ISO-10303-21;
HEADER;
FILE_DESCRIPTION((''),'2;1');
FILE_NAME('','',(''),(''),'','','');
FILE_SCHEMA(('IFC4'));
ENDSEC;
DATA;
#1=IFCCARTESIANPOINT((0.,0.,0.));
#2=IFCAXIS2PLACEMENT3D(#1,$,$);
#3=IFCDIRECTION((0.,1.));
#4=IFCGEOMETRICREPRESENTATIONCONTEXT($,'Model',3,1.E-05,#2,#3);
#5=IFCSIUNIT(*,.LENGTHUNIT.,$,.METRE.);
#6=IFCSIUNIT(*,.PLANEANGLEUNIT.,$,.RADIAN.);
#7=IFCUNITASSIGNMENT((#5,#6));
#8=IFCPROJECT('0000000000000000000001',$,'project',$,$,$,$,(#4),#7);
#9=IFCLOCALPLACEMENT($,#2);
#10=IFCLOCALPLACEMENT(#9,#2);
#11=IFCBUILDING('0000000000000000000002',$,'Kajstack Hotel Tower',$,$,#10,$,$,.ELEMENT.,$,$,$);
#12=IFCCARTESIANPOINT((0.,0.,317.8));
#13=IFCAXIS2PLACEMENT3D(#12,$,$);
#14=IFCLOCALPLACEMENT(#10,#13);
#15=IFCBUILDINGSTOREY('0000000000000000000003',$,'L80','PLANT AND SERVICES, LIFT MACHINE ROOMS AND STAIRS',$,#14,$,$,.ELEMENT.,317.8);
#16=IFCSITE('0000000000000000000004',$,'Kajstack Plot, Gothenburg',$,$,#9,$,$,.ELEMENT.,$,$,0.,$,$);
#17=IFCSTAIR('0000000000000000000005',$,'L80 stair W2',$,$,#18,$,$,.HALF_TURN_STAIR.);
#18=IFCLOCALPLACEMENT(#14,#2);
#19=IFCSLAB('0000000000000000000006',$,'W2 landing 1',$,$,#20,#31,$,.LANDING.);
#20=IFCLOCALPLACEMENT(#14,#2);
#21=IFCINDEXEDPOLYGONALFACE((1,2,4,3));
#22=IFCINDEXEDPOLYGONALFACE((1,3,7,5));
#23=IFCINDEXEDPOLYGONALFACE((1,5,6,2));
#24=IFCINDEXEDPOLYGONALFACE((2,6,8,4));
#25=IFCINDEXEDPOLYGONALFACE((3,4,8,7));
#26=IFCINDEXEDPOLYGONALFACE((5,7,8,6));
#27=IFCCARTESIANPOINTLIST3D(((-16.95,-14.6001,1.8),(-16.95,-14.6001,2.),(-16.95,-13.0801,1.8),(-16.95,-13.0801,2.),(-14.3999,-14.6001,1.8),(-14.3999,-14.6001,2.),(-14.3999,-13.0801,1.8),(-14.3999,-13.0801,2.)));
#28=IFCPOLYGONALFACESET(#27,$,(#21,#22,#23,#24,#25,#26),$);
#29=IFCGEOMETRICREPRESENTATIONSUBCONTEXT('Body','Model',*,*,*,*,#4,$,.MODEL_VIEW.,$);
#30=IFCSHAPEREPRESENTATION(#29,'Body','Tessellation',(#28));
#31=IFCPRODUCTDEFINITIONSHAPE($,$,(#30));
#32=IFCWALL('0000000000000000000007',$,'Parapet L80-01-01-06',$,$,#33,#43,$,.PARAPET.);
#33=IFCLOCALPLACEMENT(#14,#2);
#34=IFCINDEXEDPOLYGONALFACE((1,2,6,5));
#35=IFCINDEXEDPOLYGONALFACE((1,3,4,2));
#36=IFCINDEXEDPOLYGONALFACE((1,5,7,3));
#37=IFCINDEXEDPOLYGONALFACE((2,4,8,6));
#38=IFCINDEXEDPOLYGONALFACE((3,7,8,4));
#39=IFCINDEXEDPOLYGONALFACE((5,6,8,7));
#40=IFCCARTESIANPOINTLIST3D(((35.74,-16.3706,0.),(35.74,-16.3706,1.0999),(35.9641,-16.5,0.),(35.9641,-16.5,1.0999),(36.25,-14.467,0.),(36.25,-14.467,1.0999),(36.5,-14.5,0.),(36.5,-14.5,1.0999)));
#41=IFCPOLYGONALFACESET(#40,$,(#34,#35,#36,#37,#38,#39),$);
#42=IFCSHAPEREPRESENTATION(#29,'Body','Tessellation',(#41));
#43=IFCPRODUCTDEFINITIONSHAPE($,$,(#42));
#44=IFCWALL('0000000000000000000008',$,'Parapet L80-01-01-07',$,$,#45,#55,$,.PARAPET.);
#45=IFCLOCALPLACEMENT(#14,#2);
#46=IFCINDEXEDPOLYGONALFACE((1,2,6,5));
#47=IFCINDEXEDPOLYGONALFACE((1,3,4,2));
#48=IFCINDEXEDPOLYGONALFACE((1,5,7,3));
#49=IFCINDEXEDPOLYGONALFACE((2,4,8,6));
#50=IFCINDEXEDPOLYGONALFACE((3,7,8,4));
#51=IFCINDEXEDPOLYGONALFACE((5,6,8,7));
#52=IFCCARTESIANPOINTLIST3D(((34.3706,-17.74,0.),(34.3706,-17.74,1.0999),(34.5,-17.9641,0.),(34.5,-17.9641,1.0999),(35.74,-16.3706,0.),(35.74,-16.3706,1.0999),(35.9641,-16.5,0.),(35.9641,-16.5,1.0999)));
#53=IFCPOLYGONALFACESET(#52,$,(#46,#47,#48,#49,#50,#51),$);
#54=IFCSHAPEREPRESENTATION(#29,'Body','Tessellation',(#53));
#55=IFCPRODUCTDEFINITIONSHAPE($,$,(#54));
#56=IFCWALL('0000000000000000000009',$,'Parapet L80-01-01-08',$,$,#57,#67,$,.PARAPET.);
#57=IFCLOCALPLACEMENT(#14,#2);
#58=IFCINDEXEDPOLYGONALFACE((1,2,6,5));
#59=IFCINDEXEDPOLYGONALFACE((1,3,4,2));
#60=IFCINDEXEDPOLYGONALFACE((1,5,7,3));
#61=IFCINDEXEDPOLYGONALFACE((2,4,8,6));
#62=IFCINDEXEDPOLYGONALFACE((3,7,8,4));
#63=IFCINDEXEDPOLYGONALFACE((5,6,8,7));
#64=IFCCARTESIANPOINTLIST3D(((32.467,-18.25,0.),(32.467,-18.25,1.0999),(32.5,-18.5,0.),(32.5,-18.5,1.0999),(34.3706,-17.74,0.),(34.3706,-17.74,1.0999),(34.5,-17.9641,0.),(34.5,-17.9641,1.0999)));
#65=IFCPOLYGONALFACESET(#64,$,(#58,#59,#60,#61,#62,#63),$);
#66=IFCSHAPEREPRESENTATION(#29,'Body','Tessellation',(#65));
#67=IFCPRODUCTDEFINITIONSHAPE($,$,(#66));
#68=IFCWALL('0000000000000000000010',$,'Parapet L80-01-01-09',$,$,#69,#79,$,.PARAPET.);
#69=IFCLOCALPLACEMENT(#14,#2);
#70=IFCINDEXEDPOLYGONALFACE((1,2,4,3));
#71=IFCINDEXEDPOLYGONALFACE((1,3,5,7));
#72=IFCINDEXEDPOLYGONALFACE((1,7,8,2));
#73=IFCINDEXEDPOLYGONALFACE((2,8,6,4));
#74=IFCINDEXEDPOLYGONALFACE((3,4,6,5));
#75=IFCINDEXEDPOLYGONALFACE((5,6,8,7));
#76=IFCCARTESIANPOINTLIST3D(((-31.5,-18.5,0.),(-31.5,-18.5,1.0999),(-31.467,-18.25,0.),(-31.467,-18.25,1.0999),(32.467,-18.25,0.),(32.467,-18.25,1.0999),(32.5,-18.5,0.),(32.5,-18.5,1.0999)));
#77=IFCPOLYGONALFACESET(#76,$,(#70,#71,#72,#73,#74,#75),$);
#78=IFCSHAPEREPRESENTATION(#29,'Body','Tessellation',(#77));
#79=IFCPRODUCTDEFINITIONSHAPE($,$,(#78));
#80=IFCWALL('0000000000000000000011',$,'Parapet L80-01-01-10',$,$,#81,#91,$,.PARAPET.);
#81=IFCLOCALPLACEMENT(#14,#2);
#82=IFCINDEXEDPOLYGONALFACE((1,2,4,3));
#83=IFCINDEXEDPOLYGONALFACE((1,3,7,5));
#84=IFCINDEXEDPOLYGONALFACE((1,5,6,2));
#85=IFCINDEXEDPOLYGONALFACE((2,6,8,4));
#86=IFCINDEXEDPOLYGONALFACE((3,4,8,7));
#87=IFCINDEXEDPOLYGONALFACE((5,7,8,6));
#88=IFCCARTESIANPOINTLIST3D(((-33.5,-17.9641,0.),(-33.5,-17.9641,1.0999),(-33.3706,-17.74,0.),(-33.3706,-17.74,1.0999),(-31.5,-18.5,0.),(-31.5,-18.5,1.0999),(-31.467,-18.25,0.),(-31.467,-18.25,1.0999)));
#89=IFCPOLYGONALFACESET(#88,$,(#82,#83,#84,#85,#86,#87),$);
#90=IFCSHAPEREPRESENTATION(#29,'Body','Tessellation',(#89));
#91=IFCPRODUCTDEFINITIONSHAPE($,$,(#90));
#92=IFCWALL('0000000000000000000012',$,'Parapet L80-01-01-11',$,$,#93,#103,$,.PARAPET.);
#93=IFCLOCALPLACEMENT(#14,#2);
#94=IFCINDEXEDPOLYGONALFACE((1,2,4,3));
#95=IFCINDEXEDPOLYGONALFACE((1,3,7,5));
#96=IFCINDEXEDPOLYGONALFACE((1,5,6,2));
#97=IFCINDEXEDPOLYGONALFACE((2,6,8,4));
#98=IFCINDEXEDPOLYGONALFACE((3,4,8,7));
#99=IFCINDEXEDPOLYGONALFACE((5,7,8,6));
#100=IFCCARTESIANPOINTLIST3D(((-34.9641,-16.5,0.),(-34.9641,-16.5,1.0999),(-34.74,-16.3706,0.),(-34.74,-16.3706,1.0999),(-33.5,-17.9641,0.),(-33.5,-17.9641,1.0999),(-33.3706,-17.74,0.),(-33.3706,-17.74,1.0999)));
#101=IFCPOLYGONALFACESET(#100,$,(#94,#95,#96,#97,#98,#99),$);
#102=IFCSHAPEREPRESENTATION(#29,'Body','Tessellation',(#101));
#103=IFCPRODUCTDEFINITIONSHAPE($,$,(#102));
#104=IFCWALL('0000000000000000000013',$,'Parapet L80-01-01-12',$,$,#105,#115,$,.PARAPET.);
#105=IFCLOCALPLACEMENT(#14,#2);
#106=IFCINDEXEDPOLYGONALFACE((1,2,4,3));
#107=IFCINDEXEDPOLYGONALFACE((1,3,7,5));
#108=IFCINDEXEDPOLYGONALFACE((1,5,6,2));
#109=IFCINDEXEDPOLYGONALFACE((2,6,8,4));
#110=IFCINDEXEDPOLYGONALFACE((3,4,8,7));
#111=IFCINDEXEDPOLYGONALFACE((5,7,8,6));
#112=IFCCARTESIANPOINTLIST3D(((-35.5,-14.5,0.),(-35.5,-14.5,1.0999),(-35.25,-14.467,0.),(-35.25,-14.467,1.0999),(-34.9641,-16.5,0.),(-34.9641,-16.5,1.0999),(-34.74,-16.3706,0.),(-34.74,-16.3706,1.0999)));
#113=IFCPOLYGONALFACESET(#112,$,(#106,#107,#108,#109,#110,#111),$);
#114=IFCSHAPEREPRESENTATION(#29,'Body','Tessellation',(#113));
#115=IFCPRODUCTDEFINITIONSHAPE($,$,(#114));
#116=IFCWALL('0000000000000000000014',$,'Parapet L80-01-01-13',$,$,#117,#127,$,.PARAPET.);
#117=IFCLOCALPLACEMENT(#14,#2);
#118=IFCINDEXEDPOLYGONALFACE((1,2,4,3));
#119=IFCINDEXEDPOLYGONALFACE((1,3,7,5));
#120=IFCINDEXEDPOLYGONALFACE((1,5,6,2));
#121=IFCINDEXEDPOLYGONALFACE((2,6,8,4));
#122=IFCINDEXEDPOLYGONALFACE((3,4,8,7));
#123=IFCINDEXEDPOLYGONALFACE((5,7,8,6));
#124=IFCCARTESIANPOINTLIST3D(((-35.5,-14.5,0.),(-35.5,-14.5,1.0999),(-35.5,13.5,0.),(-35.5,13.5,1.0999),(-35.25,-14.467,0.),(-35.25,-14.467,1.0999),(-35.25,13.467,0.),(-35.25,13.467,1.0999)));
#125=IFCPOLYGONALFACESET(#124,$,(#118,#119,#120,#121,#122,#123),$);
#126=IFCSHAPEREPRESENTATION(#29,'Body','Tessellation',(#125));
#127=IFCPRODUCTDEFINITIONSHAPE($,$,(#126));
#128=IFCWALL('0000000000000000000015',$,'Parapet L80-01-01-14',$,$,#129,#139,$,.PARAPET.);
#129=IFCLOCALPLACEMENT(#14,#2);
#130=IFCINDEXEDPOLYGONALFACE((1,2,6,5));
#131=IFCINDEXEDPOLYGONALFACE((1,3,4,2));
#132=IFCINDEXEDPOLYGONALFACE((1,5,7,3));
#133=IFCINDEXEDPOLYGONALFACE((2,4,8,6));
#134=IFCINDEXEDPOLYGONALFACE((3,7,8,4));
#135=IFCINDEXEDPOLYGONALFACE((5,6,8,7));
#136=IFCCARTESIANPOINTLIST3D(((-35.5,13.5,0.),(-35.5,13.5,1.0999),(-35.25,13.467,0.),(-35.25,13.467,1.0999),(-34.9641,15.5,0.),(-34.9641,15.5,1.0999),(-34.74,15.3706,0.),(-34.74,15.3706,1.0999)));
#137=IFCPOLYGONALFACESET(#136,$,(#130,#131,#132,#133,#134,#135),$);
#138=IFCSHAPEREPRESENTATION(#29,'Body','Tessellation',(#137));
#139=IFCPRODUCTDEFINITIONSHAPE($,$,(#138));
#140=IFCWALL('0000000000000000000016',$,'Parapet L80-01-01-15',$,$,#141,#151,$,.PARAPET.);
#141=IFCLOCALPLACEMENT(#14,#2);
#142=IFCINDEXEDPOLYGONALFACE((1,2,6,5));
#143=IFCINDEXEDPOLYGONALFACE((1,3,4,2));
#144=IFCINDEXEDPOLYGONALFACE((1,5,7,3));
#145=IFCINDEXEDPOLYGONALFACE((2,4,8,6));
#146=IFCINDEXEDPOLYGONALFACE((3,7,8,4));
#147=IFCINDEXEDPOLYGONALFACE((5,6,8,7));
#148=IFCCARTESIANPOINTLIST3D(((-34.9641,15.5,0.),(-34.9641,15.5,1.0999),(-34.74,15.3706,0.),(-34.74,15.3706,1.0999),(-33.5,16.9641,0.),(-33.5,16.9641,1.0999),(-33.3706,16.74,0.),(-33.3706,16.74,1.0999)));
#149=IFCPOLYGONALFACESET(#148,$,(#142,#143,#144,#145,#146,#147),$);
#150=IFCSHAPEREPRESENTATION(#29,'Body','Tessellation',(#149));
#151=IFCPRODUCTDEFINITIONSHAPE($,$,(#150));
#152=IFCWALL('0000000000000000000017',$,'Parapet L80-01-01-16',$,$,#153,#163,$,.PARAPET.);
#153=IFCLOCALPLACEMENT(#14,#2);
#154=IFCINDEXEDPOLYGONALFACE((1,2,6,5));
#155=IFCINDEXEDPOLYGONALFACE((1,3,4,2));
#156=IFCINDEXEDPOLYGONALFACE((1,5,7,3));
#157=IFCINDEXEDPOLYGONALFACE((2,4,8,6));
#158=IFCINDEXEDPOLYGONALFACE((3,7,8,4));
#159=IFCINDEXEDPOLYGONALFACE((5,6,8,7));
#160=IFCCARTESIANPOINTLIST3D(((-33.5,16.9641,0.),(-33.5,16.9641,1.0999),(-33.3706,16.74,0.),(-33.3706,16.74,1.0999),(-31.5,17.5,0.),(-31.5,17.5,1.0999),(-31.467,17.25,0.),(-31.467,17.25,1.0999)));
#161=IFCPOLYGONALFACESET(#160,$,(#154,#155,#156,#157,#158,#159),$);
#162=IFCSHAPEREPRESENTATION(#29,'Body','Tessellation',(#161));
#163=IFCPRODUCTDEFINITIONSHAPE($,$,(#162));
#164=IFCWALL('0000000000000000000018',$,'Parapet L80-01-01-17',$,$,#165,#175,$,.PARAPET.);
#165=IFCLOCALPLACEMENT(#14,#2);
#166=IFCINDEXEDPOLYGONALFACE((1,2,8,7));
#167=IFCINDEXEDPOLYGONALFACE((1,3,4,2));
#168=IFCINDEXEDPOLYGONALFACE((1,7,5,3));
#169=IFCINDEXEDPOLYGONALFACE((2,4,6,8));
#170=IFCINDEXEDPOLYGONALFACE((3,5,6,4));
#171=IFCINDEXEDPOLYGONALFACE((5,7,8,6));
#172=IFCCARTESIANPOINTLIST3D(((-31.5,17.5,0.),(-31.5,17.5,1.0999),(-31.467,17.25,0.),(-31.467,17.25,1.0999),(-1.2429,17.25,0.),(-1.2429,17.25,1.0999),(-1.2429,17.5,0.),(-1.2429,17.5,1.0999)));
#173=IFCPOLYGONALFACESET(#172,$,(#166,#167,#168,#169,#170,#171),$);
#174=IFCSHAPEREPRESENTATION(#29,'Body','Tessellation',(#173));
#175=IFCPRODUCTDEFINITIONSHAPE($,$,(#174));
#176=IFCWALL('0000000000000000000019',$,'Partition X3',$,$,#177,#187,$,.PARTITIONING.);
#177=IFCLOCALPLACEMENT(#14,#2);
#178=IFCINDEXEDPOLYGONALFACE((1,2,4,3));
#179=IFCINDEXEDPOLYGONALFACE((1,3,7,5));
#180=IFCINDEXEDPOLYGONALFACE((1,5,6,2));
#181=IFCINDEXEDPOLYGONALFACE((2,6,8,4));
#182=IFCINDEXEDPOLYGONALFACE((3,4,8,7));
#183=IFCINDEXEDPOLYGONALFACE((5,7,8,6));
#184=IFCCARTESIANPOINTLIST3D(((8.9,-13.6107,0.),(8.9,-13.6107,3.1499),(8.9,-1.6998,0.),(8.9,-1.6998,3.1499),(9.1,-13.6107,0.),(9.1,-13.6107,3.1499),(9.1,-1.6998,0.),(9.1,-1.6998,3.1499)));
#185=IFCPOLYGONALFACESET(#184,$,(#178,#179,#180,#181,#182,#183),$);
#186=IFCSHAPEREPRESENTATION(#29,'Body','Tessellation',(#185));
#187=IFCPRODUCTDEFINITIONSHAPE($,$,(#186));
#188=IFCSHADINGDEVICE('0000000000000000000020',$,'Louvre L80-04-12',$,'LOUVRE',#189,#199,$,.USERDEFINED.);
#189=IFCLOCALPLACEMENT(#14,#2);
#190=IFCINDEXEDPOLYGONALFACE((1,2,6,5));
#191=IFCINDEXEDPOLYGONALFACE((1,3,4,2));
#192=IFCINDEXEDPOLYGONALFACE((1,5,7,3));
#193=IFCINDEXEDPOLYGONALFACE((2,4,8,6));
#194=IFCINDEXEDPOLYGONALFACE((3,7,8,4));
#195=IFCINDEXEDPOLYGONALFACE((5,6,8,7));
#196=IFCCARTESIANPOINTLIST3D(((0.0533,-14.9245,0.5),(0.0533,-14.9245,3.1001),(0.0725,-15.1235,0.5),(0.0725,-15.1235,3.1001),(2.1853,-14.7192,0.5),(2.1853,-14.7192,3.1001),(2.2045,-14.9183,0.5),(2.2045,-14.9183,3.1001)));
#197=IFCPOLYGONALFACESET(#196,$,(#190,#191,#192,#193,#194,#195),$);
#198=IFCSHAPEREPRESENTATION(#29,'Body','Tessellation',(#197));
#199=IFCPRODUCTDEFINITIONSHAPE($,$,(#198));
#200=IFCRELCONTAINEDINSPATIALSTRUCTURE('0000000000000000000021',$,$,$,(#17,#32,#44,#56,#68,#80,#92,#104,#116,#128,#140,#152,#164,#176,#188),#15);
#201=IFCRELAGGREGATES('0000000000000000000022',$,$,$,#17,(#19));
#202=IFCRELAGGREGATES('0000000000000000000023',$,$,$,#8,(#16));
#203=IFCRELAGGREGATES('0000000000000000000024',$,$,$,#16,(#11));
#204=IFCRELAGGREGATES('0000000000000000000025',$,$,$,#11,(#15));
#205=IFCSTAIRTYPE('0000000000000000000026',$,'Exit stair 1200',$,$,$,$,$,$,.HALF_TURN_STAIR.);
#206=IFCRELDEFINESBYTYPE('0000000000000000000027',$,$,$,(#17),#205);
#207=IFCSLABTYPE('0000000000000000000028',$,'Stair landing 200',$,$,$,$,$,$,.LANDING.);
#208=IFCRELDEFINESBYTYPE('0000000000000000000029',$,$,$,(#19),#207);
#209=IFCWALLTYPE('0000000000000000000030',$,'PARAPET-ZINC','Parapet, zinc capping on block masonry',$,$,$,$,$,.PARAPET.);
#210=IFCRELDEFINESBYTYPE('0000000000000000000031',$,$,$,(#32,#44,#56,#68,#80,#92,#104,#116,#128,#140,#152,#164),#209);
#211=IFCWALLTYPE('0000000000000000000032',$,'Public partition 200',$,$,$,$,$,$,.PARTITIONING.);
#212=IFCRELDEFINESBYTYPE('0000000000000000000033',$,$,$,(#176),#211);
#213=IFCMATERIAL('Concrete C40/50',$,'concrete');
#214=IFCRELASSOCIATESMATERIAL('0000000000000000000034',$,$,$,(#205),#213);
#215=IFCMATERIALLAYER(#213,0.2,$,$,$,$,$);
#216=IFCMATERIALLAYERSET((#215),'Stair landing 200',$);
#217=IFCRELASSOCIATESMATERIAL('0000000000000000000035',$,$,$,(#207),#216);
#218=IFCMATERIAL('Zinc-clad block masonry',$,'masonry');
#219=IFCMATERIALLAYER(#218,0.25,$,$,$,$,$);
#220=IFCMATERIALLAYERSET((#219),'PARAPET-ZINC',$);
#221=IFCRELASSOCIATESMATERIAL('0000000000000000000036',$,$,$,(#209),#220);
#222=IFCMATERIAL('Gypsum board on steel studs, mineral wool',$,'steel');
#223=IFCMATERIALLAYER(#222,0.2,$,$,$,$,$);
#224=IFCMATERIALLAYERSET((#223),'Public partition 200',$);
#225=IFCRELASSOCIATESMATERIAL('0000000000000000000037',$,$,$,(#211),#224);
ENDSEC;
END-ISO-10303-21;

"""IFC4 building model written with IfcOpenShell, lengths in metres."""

from ifc_helpers import new_model, si_unit, direction, frame, frame_2d, origin, origin_2d, place, context, subcontext, project, spatial, polyline, rectangle, outline, extrude, material, layer, layer_set, type_object, element, aggregate, save


model = new_model("IFC4")

# Units and contexts
model_context = context("Model", 3, precision=1e-05, world=origin(), true_north=direction((0.0, 1.0)))
body_context = subcontext(model_context, "Body", "Model", "MODEL_VIEW")
ifc_project = project(units=[si_unit("LENGTHUNIT", "METRE"), si_unit("PLANEANGLEUNIT", "RADIAN")], contexts=[model_context])

# Site, building, storey
site_placement = place(None, origin())
site = spatial("IfcSite", under=ifc_project, at=site_placement, Name="Kajstack Plot, Gothenburg", CompositionType="ELEMENT", RefElevation=0.0)
building_placement = place(site_placement, origin())
building = spatial("IfcBuilding", under=site, at=building_placement, Name="Kajstack Hotel Tower", CompositionType="ELEMENT")
storey_placement = place(building_placement, frame((0.0, 0.0, 317.8)))
storey = spatial("IfcBuildingStorey", under=building, at=storey_placement, Name="L80", Description="PLANT AND SERVICES, LIFT MACHINE ROOMS AND STAIRS", CompositionType="ELEMENT", Elevation=317.8)

# Stair, slab
ifc_material_1 = material(Name="Concrete C40/50", Category="concrete")
stair_type = type_object("IfcStairType", Name="Exit stair 1200", PredefinedType="HALF_TURN_STAIR", material=ifc_material_1)
stair_placement = place(storey_placement, origin())
stair = element("IfcStair", 1, at=stair_placement, inside=storey, type_object=stair_type, Name="L80 stair W2", PredefinedType="HALF_TURN_STAIR")
ifc_layer_1 = layer(ifc_material_1, 0.2)
ifc_layer_set_1 = layer_set([ifc_layer_1], Name="Stair landing 200")
slab_type = type_object("IfcSlabType", Name="Stair landing 200", PredefinedType="LANDING", material=ifc_layer_set_1)
slab_placement = place(storey_placement, frame((0.0, 0.0, 1.8)))
slab = element("IfcSlab", 2, at=slab_placement, type_object=slab_type, Name="W2 landing 1", PredefinedType="LANDING", context=body_context, shape_type="SweptSolid", body=[
    extrude(outline(polyline([(-16.95, -13.0801), (-16.95, -14.6001), (-14.3999, -14.6001), (-14.3999, -13.0801), (-16.95, -13.0801)])), origin(), (0.0, 0.0, 1.0), 0.2),
])
aggregate(stair, [slab])

# Walls
ifc_material_2 = material(Name="Zinc-clad block masonry", Category="masonry")
ifc_layer_2 = layer(ifc_material_2, 0.25)
ifc_layer_set_2 = layer_set([ifc_layer_2], Name="PARAPET-ZINC")
wall_type_1 = type_object("IfcWallType", Name="PARAPET-ZINC", Description="Parapet, zinc capping on block masonry", PredefinedType="PARAPET", material=ifc_layer_set_2)
wall_1_placement = place(storey_placement, origin())
element("IfcWall", 3, at=wall_1_placement, inside=storey, type_object=wall_type_1, Name="Parapet L80-01-01-06", PredefinedType="PARAPET", context=body_context, shape_type="SweptSolid", body=[
    extrude(outline(polyline([(36.5, -14.5), (36.25, -14.467), (35.74, -16.3706), (35.9641, -16.5), (36.5, -14.5)])), origin(), (0.0, 0.0, 1.0), 1.0999),
])
wall_2_placement = place(storey_placement, origin())
element("IfcWall", 4, at=wall_2_placement, inside=storey, type_object=wall_type_1, Name="Parapet L80-01-01-07", PredefinedType="PARAPET", context=body_context, shape_type="SweptSolid", body=[
    extrude(outline(polyline([(35.9641, -16.5), (35.74, -16.3706), (34.3706, -17.74), (34.5, -17.9641), (35.9641, -16.5)])), origin(), (0.0, 0.0, 1.0), 1.0999),
])
wall_3_placement = place(storey_placement, origin())
element("IfcWall", 5, at=wall_3_placement, inside=storey, type_object=wall_type_1, Name="Parapet L80-01-01-08", PredefinedType="PARAPET", context=body_context, shape_type="SweptSolid", body=[
    extrude(outline(polyline([(34.5, -17.9641), (34.3706, -17.74), (32.467, -18.25), (32.5, -18.5), (34.5, -17.9641)])), origin(), (0.0, 0.0, 1.0), 1.0999),
])
wall_4_placement = place(storey_placement, origin())
element("IfcWall", 6, at=wall_4_placement, inside=storey, type_object=wall_type_1, Name="Parapet L80-01-01-09", PredefinedType="PARAPET", context=body_context, shape_type="SweptSolid", body=[
    extrude(outline(polyline([(32.5, -18.5), (32.467, -18.25), (-31.467, -18.25), (-31.5, -18.5), (32.5, -18.5)])), origin(), (0.0, 0.0, 1.0), 1.0999),
])
wall_5_placement = place(storey_placement, origin())
element("IfcWall", 7, at=wall_5_placement, inside=storey, type_object=wall_type_1, Name="Parapet L80-01-01-10", PredefinedType="PARAPET", context=body_context, shape_type="SweptSolid", body=[
    extrude(outline(polyline([(-31.5, -18.5), (-31.467, -18.25), (-33.3706, -17.74), (-33.5, -17.9641), (-31.5, -18.5)])), origin(), (0.0, 0.0, 1.0), 1.0999),
])
wall_6_placement = place(storey_placement, origin())
element("IfcWall", 8, at=wall_6_placement, inside=storey, type_object=wall_type_1, Name="Parapet L80-01-01-11", PredefinedType="PARAPET", context=body_context, shape_type="SweptSolid", body=[
    extrude(outline(polyline([(-33.5, -17.9641), (-33.3706, -17.74), (-34.74, -16.3706), (-34.9641, -16.5), (-33.5, -17.9641)])), origin(), (0.0, 0.0, 1.0), 1.0999),
])
wall_7_placement = place(storey_placement, origin())
element("IfcWall", 9, at=wall_7_placement, inside=storey, type_object=wall_type_1, Name="Parapet L80-01-01-12", PredefinedType="PARAPET", context=body_context, shape_type="SweptSolid", body=[
    extrude(outline(polyline([(-34.9641, -16.5), (-34.74, -16.3706), (-35.25, -14.467), (-35.5, -14.5), (-34.9641, -16.5)])), origin(), (0.0, 0.0, 1.0), 1.0999),
])
wall_8_placement = place(storey_placement, origin())
element("IfcWall", 10, at=wall_8_placement, inside=storey, type_object=wall_type_1, Name="Parapet L80-01-01-13", PredefinedType="PARAPET", context=body_context, shape_type="SweptSolid", body=[
    extrude(outline(polyline([(-35.5, -14.5), (-35.25, -14.467), (-35.25, 13.467), (-35.5, 13.5), (-35.5, -14.5)])), origin(), (0.0, 0.0, 1.0), 1.0999),
])
wall_9_placement = place(storey_placement, origin())
element("IfcWall", 11, at=wall_9_placement, inside=storey, type_object=wall_type_1, Name="Parapet L80-01-01-14", PredefinedType="PARAPET", context=body_context, shape_type="SweptSolid", body=[
    extrude(outline(polyline([(-35.5, 13.5), (-35.25, 13.467), (-34.74, 15.3706), (-34.9641, 15.5), (-35.5, 13.5)])), origin(), (0.0, 0.0, 1.0), 1.0999),
])
wall_10_placement = place(storey_placement, origin())
element("IfcWall", 12, at=wall_10_placement, inside=storey, type_object=wall_type_1, Name="Parapet L80-01-01-15", PredefinedType="PARAPET", context=body_context, shape_type="SweptSolid", body=[
    extrude(outline(polyline([(-34.9641, 15.5), (-34.74, 15.3706), (-33.3706, 16.74), (-33.5, 16.9641), (-34.9641, 15.5)])), origin(), (0.0, 0.0, 1.0), 1.0999),
])
wall_11_placement = place(storey_placement, origin())
element("IfcWall", 13, at=wall_11_placement, inside=storey, type_object=wall_type_1, Name="Parapet L80-01-01-16", PredefinedType="PARAPET", context=body_context, shape_type="SweptSolid", body=[
    extrude(outline(polyline([(-33.5, 16.9641), (-33.3706, 16.74), (-31.467, 17.25), (-31.5, 17.5), (-33.5, 16.9641)])), origin(), (0.0, 0.0, 1.0), 1.0999),
])
wall_12_placement = place(storey_placement, origin())
element("IfcWall", 14, at=wall_12_placement, inside=storey, type_object=wall_type_1, Name="Parapet L80-01-01-17", PredefinedType="PARAPET", context=body_context, shape_type="SweptSolid", body=[
    extrude(outline(polyline([(-31.5, 17.5), (-31.467, 17.25), (-1.2429, 17.25), (-1.2429, 17.5), (-31.5, 17.5)])), origin(), (0.0, 0.0, 1.0), 1.0999),
])
ifc_material_3 = material(Name="Gypsum board on steel studs, mineral wool", Category="steel")
ifc_layer_3 = layer(ifc_material_3, 0.2)
ifc_layer_set_3 = layer_set([ifc_layer_3], Name="Public partition 200")
wall_type_2 = type_object("IfcWallType", Name="Public partition 200", PredefinedType="PARTITIONING", material=ifc_layer_set_3)
wall_13_placement = place(storey_placement, frame((9.0, -13.6108, 0.0), z_axis=(0.0, 0.0, 1.0), x_axis=(0.0, 1.0, 0.0)))
element("IfcWall", 15, at=wall_13_placement, inside=storey, type_object=wall_type_2, Name="Partition X3", PredefinedType="PARTITIONING", context=body_context, shape_type="SweptSolid", body=[
    extrude(rectangle(XDim=11.9109, YDim=0.2, at=frame_2d((5.9556, 0.0))), origin(), (0.0, 0.0, 1.0), 3.1499),
])

# Shading device
for number, where, z_axis, x_axis, name in (
    (16, (1.1289, -14.9214, 0.5), (0.0, 0.0, 1.0), (0.995396, 0.095846, 0.0), "Louvre L80-04-12"),
):
    element("IfcShadingDevice", number, at=place(storey_placement, frame(where, z_axis=z_axis, x_axis=x_axis)), inside=storey, Name=name, ObjectType="LOUVRE", PredefinedType="USERDEFINED", context=body_context, shape_type="SweptSolid", body=[
        extrude(rectangle(XDim=2.1418, YDim=0.2, at=origin_2d()), origin(), (0.0, 0.0, 1.0), 2.6001),
    ])

save(model, "model.ifc")
